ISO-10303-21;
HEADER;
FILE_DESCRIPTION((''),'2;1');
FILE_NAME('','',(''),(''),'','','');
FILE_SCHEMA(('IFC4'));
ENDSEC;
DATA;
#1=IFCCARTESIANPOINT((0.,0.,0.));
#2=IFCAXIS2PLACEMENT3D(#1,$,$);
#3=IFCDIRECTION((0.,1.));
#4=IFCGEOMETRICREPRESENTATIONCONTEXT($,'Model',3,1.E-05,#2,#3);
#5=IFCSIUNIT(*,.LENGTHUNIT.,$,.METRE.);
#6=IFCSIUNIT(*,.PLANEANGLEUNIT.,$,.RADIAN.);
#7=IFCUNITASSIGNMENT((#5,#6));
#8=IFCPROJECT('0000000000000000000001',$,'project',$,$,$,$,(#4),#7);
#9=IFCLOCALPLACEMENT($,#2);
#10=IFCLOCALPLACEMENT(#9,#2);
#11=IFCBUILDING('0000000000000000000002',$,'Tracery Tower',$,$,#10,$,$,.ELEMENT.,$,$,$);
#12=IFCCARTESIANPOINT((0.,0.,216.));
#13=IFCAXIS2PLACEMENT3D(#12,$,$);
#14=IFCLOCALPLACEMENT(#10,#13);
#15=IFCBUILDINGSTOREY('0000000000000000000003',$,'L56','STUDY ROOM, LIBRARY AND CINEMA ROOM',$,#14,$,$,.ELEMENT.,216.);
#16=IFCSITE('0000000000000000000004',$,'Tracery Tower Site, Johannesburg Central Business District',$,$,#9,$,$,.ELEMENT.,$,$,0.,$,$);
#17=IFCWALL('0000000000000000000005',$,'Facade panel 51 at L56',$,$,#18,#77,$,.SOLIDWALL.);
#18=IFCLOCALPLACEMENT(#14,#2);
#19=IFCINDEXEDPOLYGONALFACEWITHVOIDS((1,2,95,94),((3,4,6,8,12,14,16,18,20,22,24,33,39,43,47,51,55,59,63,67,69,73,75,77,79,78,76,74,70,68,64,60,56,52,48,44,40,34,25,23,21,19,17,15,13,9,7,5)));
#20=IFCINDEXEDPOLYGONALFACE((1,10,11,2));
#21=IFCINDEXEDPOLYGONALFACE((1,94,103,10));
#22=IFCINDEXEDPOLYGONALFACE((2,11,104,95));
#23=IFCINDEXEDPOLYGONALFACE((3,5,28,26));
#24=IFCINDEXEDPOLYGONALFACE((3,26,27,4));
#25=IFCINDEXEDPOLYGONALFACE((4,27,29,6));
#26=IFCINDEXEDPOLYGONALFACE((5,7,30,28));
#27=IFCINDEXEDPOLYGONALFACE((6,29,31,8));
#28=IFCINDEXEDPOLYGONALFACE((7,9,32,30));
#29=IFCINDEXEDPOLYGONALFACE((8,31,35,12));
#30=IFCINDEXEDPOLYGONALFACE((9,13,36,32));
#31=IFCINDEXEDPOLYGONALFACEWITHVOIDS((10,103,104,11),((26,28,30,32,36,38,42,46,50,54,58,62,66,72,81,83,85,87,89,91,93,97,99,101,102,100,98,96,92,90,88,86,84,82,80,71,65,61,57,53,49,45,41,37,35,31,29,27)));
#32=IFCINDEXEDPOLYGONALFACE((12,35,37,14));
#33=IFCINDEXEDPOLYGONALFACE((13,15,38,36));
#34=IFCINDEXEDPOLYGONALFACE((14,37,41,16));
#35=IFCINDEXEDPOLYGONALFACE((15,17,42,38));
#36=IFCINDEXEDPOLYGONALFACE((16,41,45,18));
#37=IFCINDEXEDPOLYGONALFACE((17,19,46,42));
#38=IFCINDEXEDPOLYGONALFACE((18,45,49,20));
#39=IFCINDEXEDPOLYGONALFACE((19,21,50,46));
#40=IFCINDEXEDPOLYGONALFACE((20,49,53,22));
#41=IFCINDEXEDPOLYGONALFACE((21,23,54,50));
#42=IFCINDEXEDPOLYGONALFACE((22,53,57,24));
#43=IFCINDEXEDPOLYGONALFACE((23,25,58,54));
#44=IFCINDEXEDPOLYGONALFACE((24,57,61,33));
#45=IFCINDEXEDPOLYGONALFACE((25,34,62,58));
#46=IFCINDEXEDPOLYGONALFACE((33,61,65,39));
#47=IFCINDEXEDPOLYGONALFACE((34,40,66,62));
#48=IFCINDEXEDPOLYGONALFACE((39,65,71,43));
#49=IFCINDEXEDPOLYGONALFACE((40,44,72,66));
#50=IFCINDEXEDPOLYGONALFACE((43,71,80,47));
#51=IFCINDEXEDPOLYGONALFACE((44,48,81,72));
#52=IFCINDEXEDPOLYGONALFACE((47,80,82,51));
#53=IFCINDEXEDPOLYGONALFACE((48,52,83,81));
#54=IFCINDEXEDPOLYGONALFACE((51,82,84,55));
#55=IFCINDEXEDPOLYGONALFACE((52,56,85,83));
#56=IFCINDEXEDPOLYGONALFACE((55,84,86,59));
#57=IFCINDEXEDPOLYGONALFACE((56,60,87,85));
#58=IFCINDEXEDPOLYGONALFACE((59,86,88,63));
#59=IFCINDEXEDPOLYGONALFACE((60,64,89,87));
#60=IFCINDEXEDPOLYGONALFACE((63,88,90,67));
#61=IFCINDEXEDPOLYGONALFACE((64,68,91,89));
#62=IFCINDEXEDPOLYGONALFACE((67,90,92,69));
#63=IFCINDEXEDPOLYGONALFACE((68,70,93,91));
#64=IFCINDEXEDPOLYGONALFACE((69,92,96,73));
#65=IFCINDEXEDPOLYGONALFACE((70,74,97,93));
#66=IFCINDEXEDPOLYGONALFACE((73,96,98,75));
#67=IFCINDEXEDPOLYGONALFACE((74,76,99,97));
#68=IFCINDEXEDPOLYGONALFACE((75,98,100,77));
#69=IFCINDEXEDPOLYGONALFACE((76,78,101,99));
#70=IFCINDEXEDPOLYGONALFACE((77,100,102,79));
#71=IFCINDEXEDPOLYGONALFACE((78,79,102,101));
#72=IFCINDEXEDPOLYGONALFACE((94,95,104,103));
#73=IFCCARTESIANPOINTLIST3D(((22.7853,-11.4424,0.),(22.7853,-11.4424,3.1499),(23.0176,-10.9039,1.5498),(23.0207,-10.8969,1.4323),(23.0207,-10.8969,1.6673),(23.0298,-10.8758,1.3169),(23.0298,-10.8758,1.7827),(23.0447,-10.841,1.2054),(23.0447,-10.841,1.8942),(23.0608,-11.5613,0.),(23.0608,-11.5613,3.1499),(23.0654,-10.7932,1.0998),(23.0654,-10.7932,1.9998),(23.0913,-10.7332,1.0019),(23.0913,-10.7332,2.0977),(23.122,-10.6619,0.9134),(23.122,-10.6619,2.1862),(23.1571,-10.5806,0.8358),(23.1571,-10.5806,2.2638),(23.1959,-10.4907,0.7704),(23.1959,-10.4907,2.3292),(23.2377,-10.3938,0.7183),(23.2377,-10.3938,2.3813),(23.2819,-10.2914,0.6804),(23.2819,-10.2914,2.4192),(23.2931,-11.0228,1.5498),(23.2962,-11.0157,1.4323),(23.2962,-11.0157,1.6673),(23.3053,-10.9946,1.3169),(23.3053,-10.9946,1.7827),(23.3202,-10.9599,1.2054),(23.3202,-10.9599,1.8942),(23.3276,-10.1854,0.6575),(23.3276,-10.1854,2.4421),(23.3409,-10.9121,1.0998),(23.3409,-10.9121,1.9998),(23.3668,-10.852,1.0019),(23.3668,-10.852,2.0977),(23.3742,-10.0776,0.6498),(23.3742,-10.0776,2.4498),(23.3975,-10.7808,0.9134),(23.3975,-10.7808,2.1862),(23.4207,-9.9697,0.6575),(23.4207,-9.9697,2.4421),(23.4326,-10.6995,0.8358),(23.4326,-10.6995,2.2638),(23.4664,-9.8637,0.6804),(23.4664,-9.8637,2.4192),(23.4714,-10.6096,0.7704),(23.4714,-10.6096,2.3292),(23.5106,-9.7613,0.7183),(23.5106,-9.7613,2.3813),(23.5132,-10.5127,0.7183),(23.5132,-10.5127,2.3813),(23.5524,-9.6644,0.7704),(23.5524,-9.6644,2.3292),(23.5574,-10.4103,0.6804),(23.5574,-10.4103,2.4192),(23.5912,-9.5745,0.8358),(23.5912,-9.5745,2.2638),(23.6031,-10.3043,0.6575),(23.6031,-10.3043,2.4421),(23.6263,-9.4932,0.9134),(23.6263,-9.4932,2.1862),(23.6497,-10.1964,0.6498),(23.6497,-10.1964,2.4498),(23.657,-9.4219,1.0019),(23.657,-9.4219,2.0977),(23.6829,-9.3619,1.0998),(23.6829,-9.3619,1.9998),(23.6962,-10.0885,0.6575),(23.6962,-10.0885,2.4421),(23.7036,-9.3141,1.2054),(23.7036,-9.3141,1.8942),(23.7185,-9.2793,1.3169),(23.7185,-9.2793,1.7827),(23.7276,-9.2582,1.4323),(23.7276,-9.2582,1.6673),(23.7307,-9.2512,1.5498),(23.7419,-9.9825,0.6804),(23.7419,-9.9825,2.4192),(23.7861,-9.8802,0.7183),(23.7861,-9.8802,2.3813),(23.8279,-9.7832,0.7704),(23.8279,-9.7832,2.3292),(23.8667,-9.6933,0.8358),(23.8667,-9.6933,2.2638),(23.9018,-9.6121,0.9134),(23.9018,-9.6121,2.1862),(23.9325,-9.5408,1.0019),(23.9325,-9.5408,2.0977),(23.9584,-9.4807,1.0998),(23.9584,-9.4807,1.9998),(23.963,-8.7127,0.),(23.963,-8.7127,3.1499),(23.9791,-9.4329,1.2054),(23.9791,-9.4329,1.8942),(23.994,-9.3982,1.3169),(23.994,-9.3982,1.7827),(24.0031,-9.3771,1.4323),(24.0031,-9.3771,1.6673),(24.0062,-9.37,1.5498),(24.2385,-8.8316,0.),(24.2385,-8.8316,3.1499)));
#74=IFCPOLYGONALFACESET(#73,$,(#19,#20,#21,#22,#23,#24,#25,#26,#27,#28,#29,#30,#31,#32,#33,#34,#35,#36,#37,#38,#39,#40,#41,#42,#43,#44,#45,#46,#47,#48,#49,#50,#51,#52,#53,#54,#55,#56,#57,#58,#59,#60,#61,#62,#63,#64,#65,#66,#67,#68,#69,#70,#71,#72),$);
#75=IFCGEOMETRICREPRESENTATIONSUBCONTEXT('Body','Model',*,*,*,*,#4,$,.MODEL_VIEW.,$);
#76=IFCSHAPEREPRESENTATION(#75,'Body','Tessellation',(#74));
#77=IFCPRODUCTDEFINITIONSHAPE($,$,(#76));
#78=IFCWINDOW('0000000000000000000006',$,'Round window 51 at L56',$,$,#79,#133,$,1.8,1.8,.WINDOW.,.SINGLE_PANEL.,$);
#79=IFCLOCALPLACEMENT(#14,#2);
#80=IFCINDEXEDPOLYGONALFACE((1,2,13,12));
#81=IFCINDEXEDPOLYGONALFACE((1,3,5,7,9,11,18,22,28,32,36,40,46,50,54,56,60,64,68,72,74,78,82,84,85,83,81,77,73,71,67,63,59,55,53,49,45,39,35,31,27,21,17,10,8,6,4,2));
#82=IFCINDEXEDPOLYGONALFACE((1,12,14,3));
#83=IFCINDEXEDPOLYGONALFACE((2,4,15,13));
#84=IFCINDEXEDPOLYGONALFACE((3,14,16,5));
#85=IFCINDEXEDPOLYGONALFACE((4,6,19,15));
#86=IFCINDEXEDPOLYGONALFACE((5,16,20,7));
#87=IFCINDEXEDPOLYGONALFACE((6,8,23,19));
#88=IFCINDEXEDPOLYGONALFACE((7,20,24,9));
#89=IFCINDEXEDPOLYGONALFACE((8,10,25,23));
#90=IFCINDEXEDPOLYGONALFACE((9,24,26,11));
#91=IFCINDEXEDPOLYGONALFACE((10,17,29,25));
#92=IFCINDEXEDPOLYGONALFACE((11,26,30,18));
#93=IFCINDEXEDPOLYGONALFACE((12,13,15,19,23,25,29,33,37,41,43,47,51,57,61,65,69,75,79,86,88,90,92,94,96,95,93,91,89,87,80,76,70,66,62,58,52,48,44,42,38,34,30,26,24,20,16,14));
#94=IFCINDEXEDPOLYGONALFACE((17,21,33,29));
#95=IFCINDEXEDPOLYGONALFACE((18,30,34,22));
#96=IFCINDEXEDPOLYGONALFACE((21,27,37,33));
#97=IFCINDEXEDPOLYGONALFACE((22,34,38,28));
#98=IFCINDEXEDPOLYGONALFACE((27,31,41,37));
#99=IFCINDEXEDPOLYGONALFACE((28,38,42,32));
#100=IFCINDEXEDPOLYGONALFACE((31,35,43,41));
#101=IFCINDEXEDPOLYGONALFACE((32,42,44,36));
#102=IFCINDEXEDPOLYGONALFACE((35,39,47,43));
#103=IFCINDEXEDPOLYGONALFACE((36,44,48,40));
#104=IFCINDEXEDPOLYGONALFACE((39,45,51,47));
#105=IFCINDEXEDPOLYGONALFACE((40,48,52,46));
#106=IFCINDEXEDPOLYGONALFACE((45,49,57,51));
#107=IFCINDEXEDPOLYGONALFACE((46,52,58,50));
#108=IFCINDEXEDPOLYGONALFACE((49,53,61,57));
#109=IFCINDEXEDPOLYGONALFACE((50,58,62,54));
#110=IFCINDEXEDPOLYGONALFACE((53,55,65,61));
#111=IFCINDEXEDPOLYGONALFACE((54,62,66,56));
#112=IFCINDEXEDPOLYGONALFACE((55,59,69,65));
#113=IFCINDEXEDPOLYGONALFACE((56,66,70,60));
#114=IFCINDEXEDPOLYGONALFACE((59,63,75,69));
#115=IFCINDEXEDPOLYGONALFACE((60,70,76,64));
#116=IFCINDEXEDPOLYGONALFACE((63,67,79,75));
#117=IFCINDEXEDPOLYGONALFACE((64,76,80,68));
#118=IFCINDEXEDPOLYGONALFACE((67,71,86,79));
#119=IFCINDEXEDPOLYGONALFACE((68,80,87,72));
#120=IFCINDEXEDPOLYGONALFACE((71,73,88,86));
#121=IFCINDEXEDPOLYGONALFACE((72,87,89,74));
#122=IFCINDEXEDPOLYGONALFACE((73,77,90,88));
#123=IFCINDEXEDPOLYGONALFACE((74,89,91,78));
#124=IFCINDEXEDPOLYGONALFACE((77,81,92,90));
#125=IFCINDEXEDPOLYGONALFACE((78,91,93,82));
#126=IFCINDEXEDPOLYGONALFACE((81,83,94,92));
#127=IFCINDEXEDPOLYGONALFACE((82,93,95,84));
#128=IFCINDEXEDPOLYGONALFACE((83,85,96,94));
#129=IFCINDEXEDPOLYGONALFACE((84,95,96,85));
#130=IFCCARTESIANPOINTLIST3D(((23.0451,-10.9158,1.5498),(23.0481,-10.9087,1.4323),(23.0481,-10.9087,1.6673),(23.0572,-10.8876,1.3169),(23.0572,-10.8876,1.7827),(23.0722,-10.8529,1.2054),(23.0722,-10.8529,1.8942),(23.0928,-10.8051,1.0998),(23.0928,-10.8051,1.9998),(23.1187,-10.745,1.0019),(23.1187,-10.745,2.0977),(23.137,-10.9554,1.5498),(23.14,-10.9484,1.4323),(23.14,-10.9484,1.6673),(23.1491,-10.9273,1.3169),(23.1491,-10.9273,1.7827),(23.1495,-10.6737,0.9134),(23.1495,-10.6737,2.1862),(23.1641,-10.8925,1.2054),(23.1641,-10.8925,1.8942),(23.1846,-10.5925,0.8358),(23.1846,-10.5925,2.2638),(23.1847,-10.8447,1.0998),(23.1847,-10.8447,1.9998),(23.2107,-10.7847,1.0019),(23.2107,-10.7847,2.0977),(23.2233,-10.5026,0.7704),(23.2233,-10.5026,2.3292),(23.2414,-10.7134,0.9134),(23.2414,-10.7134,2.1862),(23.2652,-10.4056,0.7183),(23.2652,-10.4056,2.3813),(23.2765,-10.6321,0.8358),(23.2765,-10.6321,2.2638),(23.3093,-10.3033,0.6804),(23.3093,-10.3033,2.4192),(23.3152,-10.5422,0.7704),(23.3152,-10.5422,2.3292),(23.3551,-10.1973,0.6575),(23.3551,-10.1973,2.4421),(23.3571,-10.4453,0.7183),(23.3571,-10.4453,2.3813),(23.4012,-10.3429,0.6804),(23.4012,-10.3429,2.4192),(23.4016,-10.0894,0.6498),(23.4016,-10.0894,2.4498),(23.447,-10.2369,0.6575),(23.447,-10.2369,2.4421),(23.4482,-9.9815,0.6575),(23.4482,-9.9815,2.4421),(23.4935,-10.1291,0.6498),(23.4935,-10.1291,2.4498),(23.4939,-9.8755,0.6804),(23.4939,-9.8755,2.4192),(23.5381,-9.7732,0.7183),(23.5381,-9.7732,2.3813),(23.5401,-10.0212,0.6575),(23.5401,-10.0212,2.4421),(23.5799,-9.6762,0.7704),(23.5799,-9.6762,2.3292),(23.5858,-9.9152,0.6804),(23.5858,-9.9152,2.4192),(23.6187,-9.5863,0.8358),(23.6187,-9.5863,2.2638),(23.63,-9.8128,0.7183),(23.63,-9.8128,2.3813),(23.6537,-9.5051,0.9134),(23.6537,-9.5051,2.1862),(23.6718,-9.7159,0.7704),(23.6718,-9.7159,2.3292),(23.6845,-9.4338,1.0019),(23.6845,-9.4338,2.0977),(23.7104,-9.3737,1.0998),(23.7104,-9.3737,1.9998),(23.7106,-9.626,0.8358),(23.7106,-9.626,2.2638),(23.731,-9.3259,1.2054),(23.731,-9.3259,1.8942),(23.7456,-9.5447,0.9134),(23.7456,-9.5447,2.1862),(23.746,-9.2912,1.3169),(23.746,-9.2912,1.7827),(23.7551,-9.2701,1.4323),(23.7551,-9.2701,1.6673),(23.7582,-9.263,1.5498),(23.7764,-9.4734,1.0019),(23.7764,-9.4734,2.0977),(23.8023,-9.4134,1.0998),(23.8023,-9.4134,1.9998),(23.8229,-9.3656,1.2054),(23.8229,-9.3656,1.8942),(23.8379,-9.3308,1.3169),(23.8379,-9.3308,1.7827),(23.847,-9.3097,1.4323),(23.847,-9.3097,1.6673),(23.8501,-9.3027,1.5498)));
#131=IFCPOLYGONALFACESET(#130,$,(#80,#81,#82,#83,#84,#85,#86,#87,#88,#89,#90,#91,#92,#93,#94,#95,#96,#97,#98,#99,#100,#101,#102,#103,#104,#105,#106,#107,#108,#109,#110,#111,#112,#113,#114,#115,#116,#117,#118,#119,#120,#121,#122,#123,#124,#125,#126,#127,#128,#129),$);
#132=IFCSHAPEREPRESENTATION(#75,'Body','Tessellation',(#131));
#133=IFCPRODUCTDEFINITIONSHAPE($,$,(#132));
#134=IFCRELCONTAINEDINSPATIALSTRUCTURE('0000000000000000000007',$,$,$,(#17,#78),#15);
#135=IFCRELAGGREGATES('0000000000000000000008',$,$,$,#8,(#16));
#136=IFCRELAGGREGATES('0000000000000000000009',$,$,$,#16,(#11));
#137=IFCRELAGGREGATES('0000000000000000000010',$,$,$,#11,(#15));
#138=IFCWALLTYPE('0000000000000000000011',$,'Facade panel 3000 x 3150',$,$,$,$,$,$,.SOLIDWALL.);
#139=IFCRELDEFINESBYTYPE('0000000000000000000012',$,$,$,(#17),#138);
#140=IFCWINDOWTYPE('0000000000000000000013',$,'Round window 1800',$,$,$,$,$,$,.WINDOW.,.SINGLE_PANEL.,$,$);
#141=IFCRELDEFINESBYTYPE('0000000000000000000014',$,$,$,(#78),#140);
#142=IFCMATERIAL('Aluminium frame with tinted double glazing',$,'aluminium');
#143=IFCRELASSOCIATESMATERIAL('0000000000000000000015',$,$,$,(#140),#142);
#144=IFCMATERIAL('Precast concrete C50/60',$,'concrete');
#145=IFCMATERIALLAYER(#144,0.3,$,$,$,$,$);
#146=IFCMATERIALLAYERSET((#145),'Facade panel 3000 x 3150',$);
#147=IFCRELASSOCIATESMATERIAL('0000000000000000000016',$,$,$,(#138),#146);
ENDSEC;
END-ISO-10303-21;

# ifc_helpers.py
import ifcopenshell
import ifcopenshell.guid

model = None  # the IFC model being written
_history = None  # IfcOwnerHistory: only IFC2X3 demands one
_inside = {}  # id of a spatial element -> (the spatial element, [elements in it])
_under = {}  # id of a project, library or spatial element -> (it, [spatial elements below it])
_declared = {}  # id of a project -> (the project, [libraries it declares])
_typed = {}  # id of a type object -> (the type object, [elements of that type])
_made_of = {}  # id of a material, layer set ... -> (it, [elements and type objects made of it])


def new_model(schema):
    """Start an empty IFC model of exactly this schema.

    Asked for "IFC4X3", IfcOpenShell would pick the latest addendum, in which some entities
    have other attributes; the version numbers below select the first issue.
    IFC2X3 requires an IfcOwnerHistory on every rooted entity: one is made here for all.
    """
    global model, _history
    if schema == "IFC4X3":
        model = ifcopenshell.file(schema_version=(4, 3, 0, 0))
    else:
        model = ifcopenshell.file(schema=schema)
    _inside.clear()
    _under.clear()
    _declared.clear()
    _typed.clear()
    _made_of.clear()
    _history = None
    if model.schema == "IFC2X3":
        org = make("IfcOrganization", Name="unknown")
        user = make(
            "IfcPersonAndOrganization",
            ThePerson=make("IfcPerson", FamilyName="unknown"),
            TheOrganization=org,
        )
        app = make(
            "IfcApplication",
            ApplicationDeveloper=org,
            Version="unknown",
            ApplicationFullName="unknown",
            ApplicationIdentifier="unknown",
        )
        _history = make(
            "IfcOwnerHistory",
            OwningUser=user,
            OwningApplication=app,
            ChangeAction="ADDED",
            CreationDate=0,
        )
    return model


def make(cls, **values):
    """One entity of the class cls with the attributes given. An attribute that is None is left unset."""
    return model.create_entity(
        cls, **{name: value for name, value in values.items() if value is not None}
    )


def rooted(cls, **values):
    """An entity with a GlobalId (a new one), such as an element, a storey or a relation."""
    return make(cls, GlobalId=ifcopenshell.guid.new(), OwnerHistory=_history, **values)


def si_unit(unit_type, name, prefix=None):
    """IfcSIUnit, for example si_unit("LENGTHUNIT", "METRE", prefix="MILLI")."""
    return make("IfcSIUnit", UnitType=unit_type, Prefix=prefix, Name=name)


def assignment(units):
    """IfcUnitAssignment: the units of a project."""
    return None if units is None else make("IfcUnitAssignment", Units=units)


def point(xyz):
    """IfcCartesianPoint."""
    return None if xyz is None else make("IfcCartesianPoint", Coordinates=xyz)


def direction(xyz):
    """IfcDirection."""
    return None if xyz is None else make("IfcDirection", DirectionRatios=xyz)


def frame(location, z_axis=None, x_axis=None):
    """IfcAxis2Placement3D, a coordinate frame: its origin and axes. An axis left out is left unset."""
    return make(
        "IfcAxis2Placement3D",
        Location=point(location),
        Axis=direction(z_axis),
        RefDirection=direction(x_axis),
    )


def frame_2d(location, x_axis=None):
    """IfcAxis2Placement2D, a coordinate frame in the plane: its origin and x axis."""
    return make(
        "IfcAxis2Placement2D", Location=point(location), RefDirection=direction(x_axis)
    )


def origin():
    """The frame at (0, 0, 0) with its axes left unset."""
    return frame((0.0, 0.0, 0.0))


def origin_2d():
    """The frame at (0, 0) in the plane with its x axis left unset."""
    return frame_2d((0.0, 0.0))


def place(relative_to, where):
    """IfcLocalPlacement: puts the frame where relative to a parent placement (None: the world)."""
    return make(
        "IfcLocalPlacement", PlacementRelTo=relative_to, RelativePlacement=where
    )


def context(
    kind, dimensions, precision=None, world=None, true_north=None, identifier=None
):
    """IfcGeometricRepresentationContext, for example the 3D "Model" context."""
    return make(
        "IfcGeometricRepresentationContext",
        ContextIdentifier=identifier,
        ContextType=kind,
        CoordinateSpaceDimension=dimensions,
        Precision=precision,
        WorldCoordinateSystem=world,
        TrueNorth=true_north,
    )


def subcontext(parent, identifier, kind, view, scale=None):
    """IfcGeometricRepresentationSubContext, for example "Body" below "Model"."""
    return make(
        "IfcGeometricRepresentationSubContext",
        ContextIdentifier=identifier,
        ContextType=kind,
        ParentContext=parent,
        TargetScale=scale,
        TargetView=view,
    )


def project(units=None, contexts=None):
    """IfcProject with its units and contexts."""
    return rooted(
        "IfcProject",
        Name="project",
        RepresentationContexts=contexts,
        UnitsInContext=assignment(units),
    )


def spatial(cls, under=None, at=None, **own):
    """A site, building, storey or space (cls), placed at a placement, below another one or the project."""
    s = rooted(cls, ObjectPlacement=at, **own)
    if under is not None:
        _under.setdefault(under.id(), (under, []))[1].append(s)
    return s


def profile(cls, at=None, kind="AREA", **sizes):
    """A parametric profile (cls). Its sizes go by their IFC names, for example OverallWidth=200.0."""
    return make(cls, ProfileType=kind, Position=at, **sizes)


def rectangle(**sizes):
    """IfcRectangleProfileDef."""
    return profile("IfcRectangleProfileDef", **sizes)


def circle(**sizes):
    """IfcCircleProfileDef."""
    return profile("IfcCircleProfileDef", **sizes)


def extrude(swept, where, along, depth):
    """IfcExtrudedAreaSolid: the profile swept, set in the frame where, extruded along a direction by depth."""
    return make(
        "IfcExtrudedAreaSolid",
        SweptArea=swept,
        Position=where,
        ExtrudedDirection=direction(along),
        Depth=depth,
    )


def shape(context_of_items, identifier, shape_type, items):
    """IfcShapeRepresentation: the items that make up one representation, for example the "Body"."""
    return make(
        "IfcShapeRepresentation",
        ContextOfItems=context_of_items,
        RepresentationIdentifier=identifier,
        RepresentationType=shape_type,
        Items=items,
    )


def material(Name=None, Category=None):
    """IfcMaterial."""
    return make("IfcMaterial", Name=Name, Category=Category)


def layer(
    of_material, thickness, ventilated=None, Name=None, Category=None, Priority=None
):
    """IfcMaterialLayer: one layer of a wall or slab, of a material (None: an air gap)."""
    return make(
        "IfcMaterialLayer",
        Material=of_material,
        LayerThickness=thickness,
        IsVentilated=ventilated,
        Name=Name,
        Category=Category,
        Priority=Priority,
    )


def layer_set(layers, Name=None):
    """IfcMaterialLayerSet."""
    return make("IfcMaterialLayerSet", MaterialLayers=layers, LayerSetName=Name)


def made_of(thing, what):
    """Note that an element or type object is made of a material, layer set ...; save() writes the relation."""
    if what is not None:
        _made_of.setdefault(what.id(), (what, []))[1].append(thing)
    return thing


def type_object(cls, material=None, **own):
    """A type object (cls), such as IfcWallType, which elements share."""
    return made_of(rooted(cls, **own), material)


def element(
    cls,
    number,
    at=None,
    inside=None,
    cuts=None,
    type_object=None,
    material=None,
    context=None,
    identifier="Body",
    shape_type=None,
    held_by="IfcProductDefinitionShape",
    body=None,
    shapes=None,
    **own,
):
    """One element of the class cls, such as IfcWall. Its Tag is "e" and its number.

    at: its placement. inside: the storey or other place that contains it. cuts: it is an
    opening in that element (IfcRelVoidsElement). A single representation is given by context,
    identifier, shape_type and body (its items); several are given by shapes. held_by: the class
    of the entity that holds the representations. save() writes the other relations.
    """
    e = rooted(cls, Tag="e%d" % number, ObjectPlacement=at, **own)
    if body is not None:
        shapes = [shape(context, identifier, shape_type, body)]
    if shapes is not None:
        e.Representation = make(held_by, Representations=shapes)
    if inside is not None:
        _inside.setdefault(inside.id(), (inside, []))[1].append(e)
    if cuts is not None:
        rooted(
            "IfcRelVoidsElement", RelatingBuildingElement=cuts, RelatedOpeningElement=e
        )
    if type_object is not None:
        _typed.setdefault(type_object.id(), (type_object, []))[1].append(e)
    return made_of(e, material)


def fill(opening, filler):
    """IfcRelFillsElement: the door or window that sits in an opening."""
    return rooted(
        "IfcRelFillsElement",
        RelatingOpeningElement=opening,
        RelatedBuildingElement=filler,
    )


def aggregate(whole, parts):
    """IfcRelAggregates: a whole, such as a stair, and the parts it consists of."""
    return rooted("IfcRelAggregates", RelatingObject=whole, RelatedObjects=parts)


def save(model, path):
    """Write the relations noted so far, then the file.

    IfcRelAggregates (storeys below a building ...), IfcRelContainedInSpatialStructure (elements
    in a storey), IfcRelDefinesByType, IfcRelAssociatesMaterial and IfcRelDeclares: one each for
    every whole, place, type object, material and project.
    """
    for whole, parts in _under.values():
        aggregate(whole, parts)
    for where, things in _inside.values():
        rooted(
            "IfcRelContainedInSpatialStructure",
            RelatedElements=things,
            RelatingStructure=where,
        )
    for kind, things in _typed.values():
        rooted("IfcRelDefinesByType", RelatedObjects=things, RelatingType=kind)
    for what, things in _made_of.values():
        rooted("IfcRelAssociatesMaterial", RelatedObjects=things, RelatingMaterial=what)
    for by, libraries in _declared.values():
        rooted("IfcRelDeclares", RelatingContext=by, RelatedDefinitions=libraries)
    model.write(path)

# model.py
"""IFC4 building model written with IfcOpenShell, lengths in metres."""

from ifc_helpers import new_model, si_unit, direction, frame, frame_2d, origin, origin_2d, place, context, subcontext, project, spatial, rectangle, circle, extrude, material, layer, layer_set, type_object, element, fill, save


model = new_model("IFC4")

# Units and contexts
model_context = context("Model", 3, precision=1e-05, world=origin(), true_north=direction((0.0, 1.0)))
body_context = subcontext(model_context, "Body", "Model", "MODEL_VIEW")
ifc_project = project(units=[si_unit("LENGTHUNIT", "METRE"), si_unit("PLANEANGLEUNIT", "RADIAN")], contexts=[model_context])

# Site, building, storey
site_placement = place(None, origin())
site = spatial("IfcSite", under=ifc_project, at=site_placement, Name="Tracery Tower Site, Johannesburg Central Business District", CompositionType="ELEMENT", RefElevation=0.0)
building_placement = place(site_placement, origin())
building = spatial("IfcBuilding", under=site, at=building_placement, Name="Tracery Tower", CompositionType="ELEMENT")
storey_placement = place(building_placement, frame((0.0, 0.0, 216.0)))
storey = spatial("IfcBuildingStorey", under=building, at=storey_placement, Name="L56", Description="STUDY ROOM, LIBRARY AND CINEMA ROOM", CompositionType="ELEMENT", Elevation=216.0)

# Wall, opening, window
ifc_material_1 = material(Name="Aluminium frame with tinted double glazing", Category="aluminium")
window_type = type_object("IfcWindowType", Name="Round window 1800", PartitioningType="SINGLE_PANEL", PredefinedType="WINDOW", material=ifc_material_1)
ifc_material_2 = material(Name="Precast concrete C50/60", Category="concrete")
ifc_layer_1 = layer(ifc_material_2, 0.3)
ifc_layer_set_1 = layer_set([ifc_layer_1], Name="Facade panel 3000 x 3150")
wall_type_1 = type_object("IfcWallType", Name="Facade panel 3000 x 3150", PredefinedType="SOLIDWALL", material=ifc_layer_set_1)
wall_1_placement = place(storey_placement, frame((22.9231, -11.5017, 0.0), z_axis=(0.0, 0.0, 1.0), x_axis=(0.396148, 0.918187, 0.0)))
wall_1 = element("IfcWall", 1, at=wall_1_placement, inside=storey, type_object=wall_type_1, Name="Facade panel 51 at L56", PredefinedType="SOLIDWALL", context=body_context, shape_type="SweptSolid", body=[
    extrude(rectangle(XDim=2.9729, YDim=0.3, at=frame_2d((1.4863, 0.0))), origin(), (0.0, 0.0, 1.0), 3.1499),
])
opening_1_placement = place(wall_1_placement, frame((1.4863, 0.0, 1.5498)))
opening_1 = element("IfcOpeningElement", 2, at=opening_1_placement, cuts=wall_1, PredefinedType="OPENING", context=body_context, shape_type="SweptSolid", body=[
    extrude(circle(Radius=0.9, at=origin_2d()), frame((0.0, 0.1599, 0.0), z_axis=(0.0, -1.0, 0.0), x_axis=(1.0, 0.0, 0.0)), (0.0, 0.0, 1.0), 0.3201),
])
window_1_placement = place(opening_1_placement, origin())
window_1 = element("IfcWindow", 3, at=window_1_placement, inside=storey, type_object=window_type, Name="Round window 51 at L56", OverallHeight=1.8, OverallWidth=1.8, PartitioningType="SINGLE_PANEL", PredefinedType="WINDOW", context=body_context, shape_type="SweptSolid", body=[
    extrude(circle(Radius=0.9, at=origin_2d()), frame((0.0, 0.1201, 0.0), z_axis=(0.0, -1.0, 0.0), x_axis=(1.0, 0.0, 0.0)), (0.0, 0.0, 1.0), 0.1001),
])
fill(opening_1, window_1)

save(model, "model.ifc")
